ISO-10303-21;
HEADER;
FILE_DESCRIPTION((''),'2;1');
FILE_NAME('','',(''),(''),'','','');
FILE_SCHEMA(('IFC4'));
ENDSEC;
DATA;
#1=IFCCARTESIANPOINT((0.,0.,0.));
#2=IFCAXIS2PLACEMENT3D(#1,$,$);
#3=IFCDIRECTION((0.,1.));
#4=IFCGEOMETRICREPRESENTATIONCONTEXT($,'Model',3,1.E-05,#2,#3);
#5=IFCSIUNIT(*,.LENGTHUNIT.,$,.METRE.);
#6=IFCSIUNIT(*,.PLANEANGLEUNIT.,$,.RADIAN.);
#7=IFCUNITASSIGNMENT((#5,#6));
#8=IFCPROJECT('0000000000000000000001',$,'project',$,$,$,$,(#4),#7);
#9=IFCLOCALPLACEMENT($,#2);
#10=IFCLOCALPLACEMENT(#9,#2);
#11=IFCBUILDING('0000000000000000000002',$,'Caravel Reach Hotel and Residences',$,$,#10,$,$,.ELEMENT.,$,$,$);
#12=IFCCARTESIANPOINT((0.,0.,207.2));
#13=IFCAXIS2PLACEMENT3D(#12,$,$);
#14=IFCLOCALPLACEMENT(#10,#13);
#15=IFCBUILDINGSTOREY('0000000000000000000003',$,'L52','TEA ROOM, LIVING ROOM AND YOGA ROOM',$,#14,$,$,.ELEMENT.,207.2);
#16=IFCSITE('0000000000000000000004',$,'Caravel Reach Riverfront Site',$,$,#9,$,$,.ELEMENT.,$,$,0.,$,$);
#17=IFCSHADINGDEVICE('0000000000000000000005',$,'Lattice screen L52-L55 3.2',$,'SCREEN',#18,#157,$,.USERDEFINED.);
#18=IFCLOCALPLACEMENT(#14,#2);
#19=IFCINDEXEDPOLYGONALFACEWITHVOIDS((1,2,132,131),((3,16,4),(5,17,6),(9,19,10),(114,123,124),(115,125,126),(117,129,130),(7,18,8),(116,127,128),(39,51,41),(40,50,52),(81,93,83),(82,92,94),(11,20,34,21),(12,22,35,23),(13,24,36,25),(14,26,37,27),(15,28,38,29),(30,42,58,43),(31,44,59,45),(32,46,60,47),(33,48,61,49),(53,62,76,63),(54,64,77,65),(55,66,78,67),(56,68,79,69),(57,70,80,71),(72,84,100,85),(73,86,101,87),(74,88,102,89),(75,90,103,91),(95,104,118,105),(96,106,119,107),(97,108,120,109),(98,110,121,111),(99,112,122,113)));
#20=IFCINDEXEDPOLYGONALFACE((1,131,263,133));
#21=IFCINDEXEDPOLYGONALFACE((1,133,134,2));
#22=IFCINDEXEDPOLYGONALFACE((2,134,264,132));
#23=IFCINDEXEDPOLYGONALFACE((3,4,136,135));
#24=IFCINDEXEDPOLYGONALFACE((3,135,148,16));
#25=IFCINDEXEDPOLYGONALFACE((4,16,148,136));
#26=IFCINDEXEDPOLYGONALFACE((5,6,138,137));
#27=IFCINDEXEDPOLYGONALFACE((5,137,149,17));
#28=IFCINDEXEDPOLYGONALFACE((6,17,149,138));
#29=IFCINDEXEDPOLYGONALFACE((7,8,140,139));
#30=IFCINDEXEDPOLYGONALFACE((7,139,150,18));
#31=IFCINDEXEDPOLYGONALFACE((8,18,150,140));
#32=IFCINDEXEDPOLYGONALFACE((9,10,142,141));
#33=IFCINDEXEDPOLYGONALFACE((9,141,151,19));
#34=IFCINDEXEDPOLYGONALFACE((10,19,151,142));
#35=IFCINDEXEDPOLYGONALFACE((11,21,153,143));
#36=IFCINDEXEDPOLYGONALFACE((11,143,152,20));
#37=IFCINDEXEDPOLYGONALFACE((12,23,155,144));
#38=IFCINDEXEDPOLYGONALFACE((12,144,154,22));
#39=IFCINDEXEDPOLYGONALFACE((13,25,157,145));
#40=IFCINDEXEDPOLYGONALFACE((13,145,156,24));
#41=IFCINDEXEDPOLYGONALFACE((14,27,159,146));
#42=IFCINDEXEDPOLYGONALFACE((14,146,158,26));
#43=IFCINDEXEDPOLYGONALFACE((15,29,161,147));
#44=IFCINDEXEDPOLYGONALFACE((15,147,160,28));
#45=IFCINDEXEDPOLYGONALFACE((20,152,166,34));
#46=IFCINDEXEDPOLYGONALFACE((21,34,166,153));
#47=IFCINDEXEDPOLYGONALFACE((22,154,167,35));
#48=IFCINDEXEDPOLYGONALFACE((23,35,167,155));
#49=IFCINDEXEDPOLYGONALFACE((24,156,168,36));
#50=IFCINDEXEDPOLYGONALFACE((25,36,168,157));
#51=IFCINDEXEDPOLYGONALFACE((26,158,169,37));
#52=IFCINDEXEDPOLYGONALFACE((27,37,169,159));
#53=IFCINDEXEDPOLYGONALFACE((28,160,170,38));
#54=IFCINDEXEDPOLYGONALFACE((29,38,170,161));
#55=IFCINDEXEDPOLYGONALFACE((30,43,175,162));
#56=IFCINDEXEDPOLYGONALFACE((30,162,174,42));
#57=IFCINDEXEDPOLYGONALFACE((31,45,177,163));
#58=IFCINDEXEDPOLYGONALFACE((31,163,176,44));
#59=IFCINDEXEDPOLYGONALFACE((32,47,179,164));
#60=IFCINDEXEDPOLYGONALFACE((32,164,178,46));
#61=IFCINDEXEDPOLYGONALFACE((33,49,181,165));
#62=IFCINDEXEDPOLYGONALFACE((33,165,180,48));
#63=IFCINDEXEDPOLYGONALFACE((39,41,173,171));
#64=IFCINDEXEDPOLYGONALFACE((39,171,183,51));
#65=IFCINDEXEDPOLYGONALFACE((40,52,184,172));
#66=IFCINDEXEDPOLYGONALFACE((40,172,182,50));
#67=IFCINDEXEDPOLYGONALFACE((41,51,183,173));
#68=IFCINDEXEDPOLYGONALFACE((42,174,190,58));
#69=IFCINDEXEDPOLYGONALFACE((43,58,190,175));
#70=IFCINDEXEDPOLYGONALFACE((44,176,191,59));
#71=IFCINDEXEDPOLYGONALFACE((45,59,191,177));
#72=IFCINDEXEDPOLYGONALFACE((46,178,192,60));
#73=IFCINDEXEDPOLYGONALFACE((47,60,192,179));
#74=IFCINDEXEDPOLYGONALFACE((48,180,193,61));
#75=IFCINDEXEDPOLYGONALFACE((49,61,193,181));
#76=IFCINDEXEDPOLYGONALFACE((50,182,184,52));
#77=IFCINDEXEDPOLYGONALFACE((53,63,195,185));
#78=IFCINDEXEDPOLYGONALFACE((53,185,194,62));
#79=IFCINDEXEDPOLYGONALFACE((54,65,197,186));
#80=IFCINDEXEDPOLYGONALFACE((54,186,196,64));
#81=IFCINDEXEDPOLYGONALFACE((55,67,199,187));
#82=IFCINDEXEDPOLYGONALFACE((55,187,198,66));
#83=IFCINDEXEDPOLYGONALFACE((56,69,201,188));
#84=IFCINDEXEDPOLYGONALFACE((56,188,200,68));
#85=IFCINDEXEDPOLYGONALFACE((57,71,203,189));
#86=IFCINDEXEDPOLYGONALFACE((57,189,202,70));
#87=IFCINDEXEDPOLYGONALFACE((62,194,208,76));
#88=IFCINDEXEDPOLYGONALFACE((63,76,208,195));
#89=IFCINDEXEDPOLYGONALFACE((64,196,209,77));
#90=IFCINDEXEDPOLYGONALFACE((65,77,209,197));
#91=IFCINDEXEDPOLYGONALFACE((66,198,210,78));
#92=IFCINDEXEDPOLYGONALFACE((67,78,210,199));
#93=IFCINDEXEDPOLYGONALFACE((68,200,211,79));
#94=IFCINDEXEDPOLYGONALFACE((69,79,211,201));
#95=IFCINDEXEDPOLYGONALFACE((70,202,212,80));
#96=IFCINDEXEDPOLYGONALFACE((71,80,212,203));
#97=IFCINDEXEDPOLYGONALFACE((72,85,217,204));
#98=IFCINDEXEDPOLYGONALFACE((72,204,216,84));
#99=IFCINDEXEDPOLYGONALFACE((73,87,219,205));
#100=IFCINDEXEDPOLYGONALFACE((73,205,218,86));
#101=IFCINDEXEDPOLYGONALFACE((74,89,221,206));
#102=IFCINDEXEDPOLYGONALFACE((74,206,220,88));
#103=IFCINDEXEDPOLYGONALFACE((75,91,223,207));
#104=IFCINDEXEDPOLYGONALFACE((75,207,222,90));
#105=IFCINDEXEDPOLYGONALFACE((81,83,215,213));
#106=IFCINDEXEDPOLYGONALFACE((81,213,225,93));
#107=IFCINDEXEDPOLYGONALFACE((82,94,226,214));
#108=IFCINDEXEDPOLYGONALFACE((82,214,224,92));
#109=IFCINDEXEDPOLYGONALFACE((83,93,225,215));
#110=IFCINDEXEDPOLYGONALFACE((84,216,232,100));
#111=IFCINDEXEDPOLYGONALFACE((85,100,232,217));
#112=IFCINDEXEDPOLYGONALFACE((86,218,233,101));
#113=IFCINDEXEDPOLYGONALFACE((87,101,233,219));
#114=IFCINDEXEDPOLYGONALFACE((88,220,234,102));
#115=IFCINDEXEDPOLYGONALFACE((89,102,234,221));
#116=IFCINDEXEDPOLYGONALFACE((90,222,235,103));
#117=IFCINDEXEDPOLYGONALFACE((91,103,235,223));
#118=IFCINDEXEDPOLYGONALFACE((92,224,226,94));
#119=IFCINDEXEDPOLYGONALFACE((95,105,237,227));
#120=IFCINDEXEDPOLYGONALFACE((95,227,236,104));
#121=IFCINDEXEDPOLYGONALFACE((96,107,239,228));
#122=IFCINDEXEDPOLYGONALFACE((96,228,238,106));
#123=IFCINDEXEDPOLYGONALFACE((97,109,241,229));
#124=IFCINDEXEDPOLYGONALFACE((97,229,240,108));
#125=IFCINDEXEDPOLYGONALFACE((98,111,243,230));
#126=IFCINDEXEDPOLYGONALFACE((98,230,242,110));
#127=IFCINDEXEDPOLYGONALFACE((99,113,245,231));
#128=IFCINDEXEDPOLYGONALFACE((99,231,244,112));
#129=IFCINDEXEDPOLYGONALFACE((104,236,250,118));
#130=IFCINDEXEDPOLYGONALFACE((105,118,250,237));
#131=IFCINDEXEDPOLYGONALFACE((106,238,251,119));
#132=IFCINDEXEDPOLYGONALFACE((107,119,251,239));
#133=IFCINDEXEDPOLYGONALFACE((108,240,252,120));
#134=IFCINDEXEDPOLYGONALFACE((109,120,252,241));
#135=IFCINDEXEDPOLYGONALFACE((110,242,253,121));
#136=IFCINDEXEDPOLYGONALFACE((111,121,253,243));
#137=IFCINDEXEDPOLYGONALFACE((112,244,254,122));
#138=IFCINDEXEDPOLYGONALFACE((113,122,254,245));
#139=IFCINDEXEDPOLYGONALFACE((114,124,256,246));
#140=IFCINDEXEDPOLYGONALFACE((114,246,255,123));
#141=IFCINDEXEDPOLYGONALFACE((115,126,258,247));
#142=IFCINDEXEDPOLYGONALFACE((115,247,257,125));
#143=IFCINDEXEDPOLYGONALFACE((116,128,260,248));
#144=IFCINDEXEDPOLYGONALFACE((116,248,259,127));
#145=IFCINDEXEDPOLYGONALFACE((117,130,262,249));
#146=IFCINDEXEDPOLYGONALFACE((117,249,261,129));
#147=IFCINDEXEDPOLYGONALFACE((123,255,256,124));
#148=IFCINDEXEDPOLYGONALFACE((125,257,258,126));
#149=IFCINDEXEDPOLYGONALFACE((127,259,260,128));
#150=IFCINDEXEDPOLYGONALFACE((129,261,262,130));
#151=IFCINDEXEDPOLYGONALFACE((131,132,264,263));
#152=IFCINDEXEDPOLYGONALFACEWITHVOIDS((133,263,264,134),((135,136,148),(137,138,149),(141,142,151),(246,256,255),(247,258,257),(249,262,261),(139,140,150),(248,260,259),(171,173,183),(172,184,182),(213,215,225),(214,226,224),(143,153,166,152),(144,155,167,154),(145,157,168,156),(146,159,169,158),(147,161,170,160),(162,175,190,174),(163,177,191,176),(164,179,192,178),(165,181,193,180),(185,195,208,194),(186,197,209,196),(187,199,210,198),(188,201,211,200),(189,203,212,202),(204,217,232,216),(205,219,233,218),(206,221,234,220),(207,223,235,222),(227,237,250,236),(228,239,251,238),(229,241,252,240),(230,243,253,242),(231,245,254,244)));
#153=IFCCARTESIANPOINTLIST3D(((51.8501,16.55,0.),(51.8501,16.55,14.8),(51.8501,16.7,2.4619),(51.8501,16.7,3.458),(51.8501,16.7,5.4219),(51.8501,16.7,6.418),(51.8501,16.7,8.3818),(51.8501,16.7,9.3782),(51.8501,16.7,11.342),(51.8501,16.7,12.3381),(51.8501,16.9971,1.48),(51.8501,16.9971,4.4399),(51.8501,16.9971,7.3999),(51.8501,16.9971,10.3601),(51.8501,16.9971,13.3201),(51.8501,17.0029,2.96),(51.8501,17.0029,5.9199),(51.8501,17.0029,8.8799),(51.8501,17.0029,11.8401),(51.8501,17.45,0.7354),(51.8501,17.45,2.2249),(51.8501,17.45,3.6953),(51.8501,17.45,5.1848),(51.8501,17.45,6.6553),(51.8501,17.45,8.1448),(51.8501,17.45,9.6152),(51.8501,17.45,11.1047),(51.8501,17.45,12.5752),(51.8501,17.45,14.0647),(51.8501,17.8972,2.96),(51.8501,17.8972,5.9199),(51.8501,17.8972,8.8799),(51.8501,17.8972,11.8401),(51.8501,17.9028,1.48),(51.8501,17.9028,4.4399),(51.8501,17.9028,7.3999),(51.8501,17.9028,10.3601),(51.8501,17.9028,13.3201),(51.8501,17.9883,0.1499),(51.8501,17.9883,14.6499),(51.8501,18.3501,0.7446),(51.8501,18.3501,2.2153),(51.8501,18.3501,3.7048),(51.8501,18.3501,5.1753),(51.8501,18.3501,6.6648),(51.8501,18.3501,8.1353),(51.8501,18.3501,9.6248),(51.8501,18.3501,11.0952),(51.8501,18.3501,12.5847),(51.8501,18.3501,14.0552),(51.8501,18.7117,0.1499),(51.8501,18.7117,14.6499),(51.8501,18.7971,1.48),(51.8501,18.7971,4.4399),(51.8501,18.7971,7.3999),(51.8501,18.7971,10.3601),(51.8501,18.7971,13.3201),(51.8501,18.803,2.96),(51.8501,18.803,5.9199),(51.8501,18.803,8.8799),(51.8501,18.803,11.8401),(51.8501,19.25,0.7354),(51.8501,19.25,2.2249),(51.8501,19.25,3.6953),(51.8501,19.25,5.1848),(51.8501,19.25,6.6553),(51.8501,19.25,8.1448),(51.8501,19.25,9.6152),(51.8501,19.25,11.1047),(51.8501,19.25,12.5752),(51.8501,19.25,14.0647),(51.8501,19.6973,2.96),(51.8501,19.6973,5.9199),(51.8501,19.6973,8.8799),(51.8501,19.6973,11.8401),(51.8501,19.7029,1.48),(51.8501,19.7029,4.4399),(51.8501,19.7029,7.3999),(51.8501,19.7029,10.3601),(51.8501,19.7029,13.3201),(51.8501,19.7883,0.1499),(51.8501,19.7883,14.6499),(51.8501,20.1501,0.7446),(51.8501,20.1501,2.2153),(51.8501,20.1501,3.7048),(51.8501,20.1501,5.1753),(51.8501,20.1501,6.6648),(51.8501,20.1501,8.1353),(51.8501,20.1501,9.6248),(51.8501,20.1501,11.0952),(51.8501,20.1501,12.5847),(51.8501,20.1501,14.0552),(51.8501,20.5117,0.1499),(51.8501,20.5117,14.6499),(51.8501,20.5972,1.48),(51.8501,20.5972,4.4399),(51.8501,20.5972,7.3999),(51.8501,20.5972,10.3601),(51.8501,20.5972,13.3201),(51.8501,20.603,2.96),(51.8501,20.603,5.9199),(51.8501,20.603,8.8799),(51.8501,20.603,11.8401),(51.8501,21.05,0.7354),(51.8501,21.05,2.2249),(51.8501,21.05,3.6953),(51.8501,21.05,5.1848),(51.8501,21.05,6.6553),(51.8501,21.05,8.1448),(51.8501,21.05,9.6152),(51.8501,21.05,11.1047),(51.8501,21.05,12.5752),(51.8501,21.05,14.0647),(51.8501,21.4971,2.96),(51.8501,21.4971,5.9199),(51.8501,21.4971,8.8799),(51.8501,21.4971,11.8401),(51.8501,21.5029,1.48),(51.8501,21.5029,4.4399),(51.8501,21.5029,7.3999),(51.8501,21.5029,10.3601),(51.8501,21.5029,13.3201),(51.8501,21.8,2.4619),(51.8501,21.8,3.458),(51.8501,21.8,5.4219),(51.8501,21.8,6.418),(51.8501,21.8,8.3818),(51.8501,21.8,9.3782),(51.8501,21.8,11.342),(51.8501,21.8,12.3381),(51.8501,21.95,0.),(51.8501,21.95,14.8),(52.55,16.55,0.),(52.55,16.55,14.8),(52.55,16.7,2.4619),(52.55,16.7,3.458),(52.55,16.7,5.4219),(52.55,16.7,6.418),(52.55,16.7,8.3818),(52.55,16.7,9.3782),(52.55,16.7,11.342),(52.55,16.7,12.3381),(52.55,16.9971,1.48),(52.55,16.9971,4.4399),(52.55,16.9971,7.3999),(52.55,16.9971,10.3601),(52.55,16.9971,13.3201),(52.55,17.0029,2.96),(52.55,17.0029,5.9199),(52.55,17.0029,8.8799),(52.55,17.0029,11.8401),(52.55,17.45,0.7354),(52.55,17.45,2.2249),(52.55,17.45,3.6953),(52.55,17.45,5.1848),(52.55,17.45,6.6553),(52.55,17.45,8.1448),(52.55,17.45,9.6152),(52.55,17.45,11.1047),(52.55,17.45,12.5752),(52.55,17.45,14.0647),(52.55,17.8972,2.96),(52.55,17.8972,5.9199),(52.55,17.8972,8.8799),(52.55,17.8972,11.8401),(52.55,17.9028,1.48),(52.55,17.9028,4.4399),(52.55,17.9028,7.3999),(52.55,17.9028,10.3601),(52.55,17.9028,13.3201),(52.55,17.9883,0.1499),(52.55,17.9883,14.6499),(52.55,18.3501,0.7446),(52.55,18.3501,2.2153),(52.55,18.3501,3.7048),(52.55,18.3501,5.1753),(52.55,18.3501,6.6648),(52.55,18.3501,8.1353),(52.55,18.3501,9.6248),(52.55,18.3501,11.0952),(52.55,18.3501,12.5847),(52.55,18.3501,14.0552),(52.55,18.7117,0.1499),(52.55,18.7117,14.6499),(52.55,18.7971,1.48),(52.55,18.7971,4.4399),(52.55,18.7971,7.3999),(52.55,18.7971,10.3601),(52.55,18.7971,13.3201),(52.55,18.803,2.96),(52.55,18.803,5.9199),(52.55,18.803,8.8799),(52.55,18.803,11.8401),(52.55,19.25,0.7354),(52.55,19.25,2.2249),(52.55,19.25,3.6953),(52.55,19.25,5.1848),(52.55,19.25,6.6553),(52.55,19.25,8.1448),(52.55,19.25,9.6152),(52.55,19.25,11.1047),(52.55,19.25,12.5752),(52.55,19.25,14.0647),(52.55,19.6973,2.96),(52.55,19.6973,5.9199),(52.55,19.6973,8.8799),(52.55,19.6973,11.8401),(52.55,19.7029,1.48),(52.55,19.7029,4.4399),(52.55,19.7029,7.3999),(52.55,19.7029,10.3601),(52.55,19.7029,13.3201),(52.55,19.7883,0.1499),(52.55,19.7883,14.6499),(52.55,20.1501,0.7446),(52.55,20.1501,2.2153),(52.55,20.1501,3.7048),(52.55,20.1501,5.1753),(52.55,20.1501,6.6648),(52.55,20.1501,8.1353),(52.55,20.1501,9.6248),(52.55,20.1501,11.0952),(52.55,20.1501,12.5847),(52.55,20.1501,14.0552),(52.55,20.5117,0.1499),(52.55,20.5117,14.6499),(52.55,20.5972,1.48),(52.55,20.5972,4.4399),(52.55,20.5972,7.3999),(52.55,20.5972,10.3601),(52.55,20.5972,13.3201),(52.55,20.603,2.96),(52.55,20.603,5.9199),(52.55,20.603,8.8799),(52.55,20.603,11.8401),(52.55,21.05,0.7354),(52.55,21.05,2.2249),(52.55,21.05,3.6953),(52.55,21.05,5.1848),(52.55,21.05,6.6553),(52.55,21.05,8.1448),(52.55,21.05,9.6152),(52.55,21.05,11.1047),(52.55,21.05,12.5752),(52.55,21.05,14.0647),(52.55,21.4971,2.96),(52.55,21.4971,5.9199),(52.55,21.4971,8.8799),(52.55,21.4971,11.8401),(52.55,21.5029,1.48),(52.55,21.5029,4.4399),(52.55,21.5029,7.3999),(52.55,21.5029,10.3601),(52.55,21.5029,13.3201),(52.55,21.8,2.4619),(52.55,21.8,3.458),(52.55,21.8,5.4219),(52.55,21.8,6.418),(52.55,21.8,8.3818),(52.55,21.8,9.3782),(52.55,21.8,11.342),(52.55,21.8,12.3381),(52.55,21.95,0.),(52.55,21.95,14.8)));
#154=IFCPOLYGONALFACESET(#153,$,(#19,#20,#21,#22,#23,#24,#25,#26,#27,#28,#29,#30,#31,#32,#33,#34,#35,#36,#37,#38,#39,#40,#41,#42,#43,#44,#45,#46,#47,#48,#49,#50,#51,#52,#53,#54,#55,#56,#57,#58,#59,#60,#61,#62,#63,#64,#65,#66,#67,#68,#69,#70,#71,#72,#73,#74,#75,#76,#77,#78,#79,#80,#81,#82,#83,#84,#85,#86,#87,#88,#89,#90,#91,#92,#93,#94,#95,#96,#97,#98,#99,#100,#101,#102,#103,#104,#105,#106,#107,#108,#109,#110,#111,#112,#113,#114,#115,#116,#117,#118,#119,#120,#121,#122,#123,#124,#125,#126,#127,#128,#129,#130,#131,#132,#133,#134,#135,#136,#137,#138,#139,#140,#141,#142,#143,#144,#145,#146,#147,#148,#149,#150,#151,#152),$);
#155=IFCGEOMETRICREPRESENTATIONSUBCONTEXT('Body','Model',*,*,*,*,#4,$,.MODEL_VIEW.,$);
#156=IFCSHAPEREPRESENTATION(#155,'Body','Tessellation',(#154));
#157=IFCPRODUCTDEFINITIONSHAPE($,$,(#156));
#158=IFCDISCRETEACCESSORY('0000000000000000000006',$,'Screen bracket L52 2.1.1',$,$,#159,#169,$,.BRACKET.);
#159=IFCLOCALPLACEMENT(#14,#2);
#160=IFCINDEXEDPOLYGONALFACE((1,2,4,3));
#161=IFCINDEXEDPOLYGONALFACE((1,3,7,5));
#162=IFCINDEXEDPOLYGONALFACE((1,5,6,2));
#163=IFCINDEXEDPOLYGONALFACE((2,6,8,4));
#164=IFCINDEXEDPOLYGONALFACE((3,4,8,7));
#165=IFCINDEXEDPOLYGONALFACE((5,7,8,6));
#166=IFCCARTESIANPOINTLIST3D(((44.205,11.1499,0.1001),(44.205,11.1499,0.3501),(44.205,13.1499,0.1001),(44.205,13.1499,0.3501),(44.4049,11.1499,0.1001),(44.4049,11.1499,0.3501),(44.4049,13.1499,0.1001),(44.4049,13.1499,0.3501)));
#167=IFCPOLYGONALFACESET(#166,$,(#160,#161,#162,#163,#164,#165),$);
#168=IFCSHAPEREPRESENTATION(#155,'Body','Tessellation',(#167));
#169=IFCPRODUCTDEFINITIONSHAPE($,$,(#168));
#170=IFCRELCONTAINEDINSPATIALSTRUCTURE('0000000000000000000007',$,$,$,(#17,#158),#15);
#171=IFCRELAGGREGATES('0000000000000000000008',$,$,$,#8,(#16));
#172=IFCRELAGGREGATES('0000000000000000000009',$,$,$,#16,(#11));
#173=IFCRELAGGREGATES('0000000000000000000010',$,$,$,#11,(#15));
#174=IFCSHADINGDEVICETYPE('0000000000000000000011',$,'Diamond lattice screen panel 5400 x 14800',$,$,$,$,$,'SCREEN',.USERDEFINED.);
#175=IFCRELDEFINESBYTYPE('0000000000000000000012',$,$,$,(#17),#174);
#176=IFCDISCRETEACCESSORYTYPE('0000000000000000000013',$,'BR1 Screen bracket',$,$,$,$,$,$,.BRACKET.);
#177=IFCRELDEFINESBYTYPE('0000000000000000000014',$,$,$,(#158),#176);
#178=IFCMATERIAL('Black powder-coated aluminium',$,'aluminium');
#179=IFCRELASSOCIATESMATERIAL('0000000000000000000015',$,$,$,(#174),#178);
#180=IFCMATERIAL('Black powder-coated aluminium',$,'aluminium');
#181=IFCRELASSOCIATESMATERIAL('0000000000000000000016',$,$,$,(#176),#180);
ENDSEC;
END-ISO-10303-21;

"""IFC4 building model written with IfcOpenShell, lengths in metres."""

from ifc_helpers import new_model, si_unit, direction, frame, origin, origin_2d, place, context, subcontext, project, spatial, polyline, rectangle, outline, extrude, material, type_object, element, save


model = new_model("IFC4")

# Units and contexts
model_context = context("Model", 3, precision=1e-05, world=origin(), true_north=direction((0.0, 1.0)))
body_context = subcontext(model_context, "Body", "Model", "MODEL_VIEW")
ifc_project = project(units=[si_unit("LENGTHUNIT", "METRE"), si_unit("PLANEANGLEUNIT", "RADIAN")], contexts=[model_context])

# Site, building, storey
site_placement = place(None, origin())
site = spatial("IfcSite", under=ifc_project, at=site_placement, Name="Caravel Reach Riverfront Site", CompositionType="ELEMENT", RefElevation=0.0)
building_placement = place(site_placement, origin())
building = spatial("IfcBuilding", under=site, at=building_placement, Name="Caravel Reach Hotel and Residences", CompositionType="ELEMENT")
storey_placement = place(building_placement, frame((0.0, 0.0, 207.2)))
storey = spatial("IfcBuildingStorey", under=building, at=storey_placement, Name="L52", Description="TEA ROOM, LIVING ROOM AND YOGA ROOM", CompositionType="ELEMENT", Elevation=207.2)

# Shading device
ifc_material_1 = material(Name="Black powder-coated aluminium", Category="aluminium")
shading_device_type_1 = type_object("IfcShadingDeviceType", Name="Diamond lattice screen panel 5400 x 14800", ElementType="SCREEN", PredefinedType="USERDEFINED", material=ifc_material_1)
shading_device_1_placement = place(storey_placement, frame((51.8501, 16.55, 0.0), z_axis=(1.0, 0.0, 0.0), x_axis=(0.0, 1.0, 0.0)))
element("IfcShadingDevice", 1, at=shading_device_1_placement, inside=storey, type_object=shading_device_type_1, Name="Lattice screen L52-L55 3.2", ObjectType="SCREEN", PredefinedType="USERDEFINED", context=body_context, shape_type="SweptSolid", body=[
    extrude(outline(polyline([(0.0, 0.0), (5.3999, 0.0), (5.3999, 14.8), (0.0, 14.8), (0.0, 0.0)]), holes=[polyline([(0.4529, 2.96), (0.1499, 3.458), (0.1499, 2.4619), (0.4529, 2.96)]), polyline([(0.4529, 5.9199), (0.1499, 6.418), (0.1499, 5.4219), (0.4529, 5.9199)]), polyline([(0.4529, 8.8799), (0.1499, 9.3782), (0.1499, 8.3818), (0.4529, 8.8799)]), polyline([(0.4529, 11.8401), (0.1499, 12.3381), (0.1499, 11.342), (0.4529, 11.8401)]), polyline([(0.8999, 2.2249), (0.447, 1.48), (0.8999, 0.7354), (1.3528, 1.48), (0.8999, 2.2249)]), polyline([(0.8999, 5.1848), (0.447, 4.4399), (0.8999, 3.6953), (1.3528, 4.4399), (0.8999, 5.1848)]), polyline([(0.8999, 8.1448), (0.447, 7.3999), (0.8999, 6.6553), (1.3528, 7.3999), (0.8999, 8.1448)]), polyline([(0.8999, 11.1047), (0.447, 10.3601), (0.8999, 9.6152), (1.3528, 10.3601), (0.8999, 11.1047)]), polyline([(0.8999, 14.0647), (0.447, 13.3201), (0.8999, 12.5752), (1.3528, 13.3201), (0.8999, 14.0647)]), polyline([(1.8, 0.7446), (1.4382, 0.1499), (2.1616, 0.1499), (1.8, 0.7446)]), polyline([(1.8, 3.7048), (1.3472, 2.96), (1.8, 2.2153), (2.2529, 2.96), (1.8, 3.7048)]), polyline([(1.8, 6.6648), (1.3472, 5.9199), (1.8, 5.1753), (2.2529, 5.9199), (1.8, 6.6648)]), polyline([(1.8, 9.6248), (1.3472, 8.8799), (1.8, 8.1353), (2.2529, 8.8799), (1.8, 9.6248)]), polyline([(1.8, 12.5847), (1.3472, 11.8401), (1.8, 11.0952), (2.2529, 11.8401), (1.8, 12.5847)]), polyline([(1.8, 14.0552), (2.1616, 14.6499), (1.4382, 14.6499), (1.8, 14.0552)]), polyline([(2.7, 2.2249), (2.2471, 1.48), (2.7, 0.7354), (3.1528, 1.48), (2.7, 2.2249)]), polyline([(2.7, 5.1848), (2.2471, 4.4399), (2.7, 3.6953), (3.1528, 4.4399), (2.7, 5.1848)]), polyline([(2.7, 8.1448), (2.2471, 7.3999), (2.7, 6.6553), (3.1528, 7.3999), (2.7, 8.1448)]), polyline([(2.7, 11.1047), (2.2471, 10.3601), (2.7, 9.6152), (3.1528, 10.3601), (2.7, 11.1047)]), polyline([(2.7, 14.0647), (2.2471, 13.3201), (2.7, 12.5752), (3.1528, 13.3201), (2.7, 14.0647)]), polyline([(3.6001, 0.7446), (3.2383, 0.1499), (3.9617, 0.1499), (3.6001, 0.7446)]), polyline([(3.6001, 3.7048), (3.1472, 2.96), (3.6001, 2.2153), (4.053, 2.96), (3.6001, 3.7048)]), polyline([(3.6001, 6.6648), (3.1472, 5.9199), (3.6001, 5.1753), (4.053, 5.9199), (3.6001, 6.6648)]), polyline([(3.6001, 9.6248), (3.1472, 8.8799), (3.6001, 8.1353), (4.053, 8.8799), (3.6001, 9.6248)]), polyline([(3.6001, 12.5847), (3.1472, 11.8401), (3.6001, 11.0952), (4.053, 11.8401), (3.6001, 12.5847)]), polyline([(3.6001, 14.0552), (3.9617, 14.6499), (3.2383, 14.6499), (3.6001, 14.0552)]), polyline([(4.5, 2.2249), (4.0471, 1.48), (4.5, 0.7354), (4.9529, 1.48), (4.5, 2.2249)]), polyline([(4.5, 5.1848), (4.0471, 4.4399), (4.5, 3.6953), (4.9529, 4.4399), (4.5, 5.1848)]), polyline([(4.5, 8.1448), (4.0471, 7.3999), (4.5, 6.6553), (4.9529, 7.3999), (4.5, 8.1448)]), polyline([(4.5, 11.1047), (4.0471, 10.3601), (4.5, 9.6152), (4.9529, 10.3601), (4.5, 11.1047)]), polyline([(4.5, 14.0647), (4.0471, 13.3201), (4.5, 12.5752), (4.9529, 13.3201), (4.5, 14.0647)]), polyline([(4.947, 2.96), (5.25, 2.4619), (5.25, 3.458), (4.947, 2.96)]), polyline([(4.947, 5.9199), (5.25, 5.4219), (5.25, 6.418), (4.947, 5.9199)]), polyline([(4.947, 8.8799), (5.25, 8.3818), (5.25, 9.3782), (4.947, 8.8799)]), polyline([(4.947, 11.8401), (5.25, 11.342), (5.25, 12.3381), (4.947, 11.8401)])]), origin(), (0.0, 0.0, 1.0), 0.7),
])

# Discrete accessory
ifc_material_2 = material(Name="Black powder-coated aluminium", Category="aluminium")
discrete_accessory_type = type_object("IfcDiscreteAccessoryType", Name="BR1 Screen bracket", PredefinedType="BRACKET", material=ifc_material_2)
discrete_accessory_1_placement = place(storey_placement, frame((44.3049, 12.1499, 0.1001), z_axis=(0.0, 0.0, 1.0), x_axis=(0.0, -1.0, 0.0)))
element("IfcDiscreteAccessory", 2, at=discrete_accessory_1_placement, inside=storey, type_object=discrete_accessory_type, Name="Screen bracket L52 2.1.1", PredefinedType="BRACKET", context=body_context, shape_type="SweptSolid", body=[
    extrude(rectangle(XDim=2.0, YDim=0.2, at=origin_2d()), origin(), (0.0, 0.0, 1.0), 0.25),
])

save(model, "model.ifc")
